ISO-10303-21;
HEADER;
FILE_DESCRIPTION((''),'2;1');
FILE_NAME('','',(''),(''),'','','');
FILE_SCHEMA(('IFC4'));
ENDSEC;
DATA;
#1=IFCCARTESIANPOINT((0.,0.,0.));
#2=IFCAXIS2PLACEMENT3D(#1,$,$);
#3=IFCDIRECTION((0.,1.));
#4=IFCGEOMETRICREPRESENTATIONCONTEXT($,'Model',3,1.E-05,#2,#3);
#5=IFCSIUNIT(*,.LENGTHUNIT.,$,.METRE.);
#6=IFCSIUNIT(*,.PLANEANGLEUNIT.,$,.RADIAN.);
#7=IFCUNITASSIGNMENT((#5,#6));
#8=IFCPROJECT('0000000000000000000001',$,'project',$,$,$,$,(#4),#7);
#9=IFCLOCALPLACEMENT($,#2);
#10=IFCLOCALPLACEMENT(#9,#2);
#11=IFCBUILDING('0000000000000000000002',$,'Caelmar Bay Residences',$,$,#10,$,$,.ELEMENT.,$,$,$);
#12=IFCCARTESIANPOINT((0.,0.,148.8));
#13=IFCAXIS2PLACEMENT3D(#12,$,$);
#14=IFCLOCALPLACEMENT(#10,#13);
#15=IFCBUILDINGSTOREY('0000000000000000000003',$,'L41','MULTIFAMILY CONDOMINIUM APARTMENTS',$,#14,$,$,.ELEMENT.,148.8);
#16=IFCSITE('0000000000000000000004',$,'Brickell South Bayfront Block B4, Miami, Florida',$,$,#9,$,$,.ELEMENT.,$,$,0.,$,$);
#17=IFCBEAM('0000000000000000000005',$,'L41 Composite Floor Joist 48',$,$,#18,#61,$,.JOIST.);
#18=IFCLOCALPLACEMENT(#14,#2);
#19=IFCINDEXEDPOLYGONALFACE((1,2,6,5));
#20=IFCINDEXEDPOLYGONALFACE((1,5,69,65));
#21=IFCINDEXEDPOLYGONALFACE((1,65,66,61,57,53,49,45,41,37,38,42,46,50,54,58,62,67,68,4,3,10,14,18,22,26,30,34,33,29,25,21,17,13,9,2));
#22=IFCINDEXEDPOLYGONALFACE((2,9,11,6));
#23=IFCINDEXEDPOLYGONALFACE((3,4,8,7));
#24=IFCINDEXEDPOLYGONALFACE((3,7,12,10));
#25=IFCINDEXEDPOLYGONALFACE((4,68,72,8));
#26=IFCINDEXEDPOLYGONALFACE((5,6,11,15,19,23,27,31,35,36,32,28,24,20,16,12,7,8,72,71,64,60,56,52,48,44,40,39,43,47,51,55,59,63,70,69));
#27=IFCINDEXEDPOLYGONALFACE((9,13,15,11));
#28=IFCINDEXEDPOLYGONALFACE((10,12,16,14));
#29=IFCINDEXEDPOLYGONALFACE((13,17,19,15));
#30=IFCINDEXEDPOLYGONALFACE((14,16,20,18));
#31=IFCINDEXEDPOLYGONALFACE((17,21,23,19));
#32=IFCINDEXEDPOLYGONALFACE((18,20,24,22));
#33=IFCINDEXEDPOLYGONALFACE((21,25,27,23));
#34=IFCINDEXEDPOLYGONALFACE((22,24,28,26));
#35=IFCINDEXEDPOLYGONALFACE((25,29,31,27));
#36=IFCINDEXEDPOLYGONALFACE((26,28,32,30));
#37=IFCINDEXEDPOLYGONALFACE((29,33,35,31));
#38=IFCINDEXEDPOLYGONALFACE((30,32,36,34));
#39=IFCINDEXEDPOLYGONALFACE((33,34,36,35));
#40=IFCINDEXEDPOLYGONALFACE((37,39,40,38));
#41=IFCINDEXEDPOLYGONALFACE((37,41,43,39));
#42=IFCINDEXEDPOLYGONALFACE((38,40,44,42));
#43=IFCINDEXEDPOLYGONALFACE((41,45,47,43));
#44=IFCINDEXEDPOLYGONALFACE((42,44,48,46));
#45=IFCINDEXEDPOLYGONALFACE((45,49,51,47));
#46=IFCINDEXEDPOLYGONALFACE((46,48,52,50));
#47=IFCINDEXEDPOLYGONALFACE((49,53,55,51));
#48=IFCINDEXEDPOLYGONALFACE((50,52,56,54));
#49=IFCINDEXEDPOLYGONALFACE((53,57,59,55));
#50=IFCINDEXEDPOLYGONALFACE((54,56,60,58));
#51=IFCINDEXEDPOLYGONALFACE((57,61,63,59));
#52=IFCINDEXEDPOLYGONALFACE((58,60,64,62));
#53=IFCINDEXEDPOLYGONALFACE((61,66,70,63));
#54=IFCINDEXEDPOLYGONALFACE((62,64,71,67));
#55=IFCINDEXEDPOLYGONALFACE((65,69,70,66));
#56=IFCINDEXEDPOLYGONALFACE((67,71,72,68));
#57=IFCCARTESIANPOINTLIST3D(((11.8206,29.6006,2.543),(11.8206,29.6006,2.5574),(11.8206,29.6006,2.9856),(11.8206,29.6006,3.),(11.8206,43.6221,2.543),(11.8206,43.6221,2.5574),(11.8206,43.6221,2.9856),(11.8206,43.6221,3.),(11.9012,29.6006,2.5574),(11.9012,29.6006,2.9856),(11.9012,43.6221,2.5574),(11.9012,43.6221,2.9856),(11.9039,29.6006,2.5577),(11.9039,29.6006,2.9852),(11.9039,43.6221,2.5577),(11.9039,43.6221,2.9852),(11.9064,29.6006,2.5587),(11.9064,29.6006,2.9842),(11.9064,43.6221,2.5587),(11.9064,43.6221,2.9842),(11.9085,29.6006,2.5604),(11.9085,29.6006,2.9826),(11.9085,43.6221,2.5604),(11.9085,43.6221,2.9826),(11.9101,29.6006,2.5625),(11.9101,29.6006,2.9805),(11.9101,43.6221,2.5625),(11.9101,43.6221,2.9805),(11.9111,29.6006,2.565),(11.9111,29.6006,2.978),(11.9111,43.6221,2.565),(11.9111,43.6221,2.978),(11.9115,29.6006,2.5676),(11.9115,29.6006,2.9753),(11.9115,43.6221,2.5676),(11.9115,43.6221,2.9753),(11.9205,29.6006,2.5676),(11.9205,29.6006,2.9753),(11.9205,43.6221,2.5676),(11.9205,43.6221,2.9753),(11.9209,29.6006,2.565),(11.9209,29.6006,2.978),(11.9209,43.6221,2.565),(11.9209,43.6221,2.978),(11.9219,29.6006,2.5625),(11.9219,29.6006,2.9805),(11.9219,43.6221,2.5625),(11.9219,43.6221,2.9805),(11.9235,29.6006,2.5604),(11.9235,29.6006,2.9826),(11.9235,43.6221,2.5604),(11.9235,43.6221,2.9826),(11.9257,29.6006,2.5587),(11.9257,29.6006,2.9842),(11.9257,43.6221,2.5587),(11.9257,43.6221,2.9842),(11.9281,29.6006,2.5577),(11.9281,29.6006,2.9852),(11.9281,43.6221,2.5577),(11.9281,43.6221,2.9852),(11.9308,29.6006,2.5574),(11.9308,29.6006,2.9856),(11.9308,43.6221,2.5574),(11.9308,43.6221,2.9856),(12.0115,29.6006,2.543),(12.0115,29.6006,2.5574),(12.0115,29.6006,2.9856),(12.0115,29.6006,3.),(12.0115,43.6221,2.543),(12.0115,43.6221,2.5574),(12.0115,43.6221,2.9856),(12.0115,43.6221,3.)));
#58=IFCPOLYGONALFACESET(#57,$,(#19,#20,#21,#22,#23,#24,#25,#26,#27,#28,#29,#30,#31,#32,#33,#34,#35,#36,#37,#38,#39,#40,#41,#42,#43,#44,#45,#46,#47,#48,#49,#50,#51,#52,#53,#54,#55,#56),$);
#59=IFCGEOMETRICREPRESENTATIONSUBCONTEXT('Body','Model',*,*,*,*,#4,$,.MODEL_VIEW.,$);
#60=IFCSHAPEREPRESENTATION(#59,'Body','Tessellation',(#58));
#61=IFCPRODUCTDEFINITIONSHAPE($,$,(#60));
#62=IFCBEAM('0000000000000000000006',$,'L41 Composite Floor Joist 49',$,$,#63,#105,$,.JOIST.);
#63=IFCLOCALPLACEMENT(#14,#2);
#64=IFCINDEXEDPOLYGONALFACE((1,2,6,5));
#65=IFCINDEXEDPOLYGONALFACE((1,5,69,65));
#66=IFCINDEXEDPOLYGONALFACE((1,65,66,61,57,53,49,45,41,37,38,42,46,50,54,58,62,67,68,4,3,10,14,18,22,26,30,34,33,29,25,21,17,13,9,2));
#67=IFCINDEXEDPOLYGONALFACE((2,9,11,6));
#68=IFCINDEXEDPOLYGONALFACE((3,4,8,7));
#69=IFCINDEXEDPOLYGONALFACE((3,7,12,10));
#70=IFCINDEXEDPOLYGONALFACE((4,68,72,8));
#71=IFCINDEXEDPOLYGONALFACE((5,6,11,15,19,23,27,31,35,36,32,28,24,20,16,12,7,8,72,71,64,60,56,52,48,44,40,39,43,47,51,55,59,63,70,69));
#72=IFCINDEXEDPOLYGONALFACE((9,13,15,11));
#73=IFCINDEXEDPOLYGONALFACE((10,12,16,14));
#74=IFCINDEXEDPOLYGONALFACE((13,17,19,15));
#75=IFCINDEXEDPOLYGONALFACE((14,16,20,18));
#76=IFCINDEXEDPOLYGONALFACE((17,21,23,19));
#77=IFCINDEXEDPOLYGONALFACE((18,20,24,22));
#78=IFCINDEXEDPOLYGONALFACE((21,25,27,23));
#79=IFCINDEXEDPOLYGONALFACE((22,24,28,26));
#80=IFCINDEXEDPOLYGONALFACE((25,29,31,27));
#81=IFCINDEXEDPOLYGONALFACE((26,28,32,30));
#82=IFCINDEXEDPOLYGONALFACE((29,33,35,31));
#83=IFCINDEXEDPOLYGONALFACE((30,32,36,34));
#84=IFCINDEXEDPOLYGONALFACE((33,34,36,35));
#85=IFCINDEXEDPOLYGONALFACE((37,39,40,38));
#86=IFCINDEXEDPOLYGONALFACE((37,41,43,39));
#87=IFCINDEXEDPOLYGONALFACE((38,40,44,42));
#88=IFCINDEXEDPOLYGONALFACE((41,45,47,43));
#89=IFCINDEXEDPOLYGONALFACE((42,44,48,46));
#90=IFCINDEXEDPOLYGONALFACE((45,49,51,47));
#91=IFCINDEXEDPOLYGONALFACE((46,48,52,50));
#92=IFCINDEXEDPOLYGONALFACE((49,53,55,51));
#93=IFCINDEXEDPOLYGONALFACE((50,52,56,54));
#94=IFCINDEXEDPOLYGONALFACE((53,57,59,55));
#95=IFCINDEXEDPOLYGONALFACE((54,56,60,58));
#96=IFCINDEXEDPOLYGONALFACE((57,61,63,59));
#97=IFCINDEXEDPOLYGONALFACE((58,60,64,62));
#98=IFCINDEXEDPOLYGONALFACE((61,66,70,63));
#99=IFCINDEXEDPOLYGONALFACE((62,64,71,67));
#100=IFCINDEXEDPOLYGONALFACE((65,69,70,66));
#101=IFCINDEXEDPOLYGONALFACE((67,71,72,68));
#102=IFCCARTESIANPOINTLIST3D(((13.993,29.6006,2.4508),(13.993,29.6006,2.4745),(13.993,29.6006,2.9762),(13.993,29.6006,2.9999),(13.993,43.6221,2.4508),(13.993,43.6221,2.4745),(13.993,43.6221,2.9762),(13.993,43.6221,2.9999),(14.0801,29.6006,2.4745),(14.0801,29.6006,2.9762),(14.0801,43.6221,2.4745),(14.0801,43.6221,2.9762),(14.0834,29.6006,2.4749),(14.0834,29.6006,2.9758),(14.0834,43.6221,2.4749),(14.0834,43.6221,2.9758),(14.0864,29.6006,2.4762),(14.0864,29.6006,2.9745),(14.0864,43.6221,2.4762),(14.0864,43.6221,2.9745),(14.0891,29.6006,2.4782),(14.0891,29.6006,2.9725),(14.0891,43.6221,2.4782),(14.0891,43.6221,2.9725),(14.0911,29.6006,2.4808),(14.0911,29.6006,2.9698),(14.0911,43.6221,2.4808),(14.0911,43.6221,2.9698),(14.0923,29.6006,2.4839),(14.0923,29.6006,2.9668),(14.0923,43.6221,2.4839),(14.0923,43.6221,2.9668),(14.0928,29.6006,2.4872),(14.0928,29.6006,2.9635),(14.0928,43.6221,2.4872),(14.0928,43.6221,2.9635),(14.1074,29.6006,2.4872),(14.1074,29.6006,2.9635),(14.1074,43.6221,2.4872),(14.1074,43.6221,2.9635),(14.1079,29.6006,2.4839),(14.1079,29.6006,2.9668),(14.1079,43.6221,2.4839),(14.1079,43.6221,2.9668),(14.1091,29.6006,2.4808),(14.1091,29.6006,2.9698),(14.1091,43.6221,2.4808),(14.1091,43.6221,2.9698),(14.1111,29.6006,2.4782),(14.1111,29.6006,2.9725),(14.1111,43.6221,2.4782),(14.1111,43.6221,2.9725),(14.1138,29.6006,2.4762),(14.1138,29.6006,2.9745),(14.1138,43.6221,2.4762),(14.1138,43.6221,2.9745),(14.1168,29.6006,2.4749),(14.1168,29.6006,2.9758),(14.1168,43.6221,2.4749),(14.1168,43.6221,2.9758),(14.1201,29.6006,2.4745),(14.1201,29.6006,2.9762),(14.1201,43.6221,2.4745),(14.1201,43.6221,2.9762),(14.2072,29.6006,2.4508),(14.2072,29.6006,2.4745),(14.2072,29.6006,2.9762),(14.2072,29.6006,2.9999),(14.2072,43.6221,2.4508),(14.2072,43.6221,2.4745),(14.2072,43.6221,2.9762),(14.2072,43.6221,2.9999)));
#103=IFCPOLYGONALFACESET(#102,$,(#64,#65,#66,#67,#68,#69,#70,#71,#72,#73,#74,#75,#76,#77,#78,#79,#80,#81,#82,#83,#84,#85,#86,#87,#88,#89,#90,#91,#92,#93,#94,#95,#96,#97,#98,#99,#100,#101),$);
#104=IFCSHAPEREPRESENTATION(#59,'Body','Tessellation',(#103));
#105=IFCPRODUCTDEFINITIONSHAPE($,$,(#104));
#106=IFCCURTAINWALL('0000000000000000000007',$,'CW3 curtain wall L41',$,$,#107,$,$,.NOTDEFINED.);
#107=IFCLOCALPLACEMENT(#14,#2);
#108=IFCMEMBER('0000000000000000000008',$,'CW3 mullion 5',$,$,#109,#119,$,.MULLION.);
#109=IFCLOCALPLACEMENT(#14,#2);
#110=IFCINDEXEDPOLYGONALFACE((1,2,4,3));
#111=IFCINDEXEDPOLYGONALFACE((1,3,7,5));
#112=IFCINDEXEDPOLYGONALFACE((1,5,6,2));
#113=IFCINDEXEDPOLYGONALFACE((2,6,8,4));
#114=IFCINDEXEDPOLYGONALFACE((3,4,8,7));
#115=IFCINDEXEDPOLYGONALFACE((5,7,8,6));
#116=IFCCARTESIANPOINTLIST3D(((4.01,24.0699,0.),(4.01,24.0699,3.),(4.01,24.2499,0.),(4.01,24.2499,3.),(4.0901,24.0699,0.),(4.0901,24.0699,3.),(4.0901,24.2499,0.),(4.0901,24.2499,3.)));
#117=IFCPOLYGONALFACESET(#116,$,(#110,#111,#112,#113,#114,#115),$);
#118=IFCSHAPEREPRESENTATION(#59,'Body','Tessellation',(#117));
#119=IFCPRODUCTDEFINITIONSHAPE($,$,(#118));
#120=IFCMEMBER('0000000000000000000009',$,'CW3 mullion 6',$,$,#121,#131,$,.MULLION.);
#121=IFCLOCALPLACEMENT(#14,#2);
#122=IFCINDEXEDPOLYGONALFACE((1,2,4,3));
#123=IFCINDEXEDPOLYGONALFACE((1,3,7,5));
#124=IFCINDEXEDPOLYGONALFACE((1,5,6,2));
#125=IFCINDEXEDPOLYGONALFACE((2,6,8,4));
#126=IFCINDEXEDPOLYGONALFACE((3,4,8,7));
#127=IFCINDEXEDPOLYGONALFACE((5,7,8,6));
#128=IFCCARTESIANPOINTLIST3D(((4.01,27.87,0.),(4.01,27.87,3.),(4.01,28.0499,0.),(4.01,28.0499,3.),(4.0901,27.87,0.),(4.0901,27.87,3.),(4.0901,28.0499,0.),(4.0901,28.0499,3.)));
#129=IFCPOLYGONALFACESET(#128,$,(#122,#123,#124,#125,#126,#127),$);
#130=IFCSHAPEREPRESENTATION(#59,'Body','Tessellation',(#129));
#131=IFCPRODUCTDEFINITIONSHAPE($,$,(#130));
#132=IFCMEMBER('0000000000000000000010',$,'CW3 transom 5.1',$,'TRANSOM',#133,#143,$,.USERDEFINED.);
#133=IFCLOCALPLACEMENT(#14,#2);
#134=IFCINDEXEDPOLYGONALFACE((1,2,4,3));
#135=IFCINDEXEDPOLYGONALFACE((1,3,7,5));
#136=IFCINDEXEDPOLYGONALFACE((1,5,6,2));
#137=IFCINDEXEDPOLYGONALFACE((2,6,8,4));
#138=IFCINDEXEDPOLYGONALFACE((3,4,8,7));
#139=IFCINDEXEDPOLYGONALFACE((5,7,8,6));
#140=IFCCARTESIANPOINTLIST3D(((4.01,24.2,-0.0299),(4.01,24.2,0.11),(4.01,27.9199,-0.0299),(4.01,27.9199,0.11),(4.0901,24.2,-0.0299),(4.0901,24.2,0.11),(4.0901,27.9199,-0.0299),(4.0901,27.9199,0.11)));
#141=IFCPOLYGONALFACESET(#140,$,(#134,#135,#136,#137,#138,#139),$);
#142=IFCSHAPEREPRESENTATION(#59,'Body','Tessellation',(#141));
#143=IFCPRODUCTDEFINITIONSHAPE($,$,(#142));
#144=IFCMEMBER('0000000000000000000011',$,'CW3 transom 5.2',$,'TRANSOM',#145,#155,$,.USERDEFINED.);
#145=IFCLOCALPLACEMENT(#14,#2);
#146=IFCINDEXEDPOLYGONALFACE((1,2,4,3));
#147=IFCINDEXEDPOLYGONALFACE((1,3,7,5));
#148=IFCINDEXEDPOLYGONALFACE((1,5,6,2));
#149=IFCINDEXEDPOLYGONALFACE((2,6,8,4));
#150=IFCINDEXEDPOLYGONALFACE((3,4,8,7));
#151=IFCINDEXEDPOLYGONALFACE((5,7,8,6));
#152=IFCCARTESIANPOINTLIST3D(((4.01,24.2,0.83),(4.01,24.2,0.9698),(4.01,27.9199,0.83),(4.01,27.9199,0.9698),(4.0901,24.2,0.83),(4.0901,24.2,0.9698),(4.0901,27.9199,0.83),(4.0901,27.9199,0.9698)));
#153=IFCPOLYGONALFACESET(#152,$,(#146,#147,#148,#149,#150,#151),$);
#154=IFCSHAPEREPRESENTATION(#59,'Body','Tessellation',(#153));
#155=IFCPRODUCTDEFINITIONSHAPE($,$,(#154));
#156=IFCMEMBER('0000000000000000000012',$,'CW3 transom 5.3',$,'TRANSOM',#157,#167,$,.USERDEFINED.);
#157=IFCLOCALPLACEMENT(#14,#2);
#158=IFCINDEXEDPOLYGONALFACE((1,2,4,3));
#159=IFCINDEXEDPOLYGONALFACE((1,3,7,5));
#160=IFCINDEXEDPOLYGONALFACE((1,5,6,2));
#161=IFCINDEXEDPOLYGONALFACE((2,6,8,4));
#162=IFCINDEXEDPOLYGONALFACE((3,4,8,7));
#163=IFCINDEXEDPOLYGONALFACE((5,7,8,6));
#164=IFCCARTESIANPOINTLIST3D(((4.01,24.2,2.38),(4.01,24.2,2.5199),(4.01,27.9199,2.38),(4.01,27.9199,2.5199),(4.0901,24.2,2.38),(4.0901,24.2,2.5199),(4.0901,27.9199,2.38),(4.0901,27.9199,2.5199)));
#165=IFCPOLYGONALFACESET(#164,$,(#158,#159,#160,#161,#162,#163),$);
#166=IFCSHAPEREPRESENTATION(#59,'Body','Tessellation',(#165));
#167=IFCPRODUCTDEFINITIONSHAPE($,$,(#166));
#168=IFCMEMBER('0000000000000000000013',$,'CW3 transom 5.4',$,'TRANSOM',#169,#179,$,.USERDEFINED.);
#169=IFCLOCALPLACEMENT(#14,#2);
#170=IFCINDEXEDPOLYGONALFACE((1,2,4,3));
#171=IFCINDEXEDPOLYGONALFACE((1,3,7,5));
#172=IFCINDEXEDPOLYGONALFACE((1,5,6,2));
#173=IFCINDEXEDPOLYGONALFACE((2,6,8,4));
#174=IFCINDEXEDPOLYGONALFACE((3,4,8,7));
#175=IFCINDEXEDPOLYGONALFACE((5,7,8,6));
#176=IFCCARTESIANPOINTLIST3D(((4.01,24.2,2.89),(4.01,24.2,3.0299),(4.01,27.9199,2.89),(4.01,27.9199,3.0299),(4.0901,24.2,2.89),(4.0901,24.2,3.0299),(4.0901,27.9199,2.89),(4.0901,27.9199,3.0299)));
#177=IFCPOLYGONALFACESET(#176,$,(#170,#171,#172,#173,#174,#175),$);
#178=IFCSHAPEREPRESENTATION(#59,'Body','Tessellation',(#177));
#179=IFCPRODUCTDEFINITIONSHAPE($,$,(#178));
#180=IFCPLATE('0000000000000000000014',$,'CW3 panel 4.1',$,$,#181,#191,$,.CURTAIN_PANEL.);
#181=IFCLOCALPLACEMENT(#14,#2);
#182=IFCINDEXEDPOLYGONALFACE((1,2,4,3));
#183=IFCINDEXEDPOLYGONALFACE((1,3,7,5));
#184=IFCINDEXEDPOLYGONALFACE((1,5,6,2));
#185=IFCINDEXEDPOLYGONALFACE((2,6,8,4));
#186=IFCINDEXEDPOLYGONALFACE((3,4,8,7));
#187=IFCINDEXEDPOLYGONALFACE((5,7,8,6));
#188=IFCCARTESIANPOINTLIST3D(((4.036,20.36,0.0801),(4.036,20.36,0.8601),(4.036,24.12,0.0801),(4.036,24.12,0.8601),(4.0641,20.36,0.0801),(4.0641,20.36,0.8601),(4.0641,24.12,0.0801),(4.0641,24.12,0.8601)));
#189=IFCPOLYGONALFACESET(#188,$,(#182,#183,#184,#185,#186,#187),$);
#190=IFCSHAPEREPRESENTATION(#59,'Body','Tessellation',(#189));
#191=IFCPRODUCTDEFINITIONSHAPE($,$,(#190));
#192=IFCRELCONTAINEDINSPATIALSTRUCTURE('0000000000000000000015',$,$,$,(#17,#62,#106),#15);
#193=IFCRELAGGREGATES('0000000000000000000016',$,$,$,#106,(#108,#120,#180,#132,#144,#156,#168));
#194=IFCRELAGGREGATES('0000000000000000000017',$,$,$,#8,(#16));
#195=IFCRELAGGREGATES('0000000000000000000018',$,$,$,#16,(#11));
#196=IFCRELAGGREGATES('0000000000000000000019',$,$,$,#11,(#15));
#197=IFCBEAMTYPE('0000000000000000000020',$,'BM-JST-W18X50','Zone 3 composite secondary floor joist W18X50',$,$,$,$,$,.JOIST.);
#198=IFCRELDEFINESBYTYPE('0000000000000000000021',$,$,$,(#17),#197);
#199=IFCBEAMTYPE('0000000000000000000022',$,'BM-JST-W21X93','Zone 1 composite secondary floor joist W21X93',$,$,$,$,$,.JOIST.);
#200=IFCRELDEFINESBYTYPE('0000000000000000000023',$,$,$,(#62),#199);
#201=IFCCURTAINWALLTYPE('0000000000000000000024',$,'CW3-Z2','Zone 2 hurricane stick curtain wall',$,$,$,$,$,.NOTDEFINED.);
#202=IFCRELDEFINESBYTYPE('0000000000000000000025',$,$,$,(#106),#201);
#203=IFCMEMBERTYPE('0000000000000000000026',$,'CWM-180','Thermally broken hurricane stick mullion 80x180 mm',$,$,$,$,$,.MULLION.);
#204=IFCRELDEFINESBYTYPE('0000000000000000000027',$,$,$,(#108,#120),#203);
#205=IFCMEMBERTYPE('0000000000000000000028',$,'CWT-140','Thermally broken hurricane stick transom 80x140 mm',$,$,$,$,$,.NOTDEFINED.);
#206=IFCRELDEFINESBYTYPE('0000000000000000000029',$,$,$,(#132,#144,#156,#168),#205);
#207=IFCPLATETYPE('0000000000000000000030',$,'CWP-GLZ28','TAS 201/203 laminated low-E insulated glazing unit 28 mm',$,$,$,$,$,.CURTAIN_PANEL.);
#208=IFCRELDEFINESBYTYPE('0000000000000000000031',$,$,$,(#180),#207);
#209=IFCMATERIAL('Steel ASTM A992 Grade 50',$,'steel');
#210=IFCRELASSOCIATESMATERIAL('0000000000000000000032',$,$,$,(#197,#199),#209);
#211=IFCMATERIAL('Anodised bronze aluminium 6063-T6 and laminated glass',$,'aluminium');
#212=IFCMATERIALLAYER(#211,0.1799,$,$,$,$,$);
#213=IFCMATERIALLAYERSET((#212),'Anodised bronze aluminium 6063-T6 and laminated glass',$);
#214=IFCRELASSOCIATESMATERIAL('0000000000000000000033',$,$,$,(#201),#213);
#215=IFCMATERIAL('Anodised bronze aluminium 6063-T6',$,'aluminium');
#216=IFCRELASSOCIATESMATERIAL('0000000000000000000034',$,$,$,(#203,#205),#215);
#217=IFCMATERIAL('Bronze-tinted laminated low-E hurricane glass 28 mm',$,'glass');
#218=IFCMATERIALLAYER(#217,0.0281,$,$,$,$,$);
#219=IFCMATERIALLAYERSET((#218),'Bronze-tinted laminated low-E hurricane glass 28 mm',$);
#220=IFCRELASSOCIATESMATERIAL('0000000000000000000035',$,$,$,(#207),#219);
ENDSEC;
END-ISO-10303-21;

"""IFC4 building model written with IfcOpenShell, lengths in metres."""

from ifc_helpers import new_model, si_unit, direction, frame, origin, origin_2d, place, context, subcontext, project, spatial, rectangle, i_section, extrude, material, layer, layer_set, material_profile, profile_set, type_object, element, aggregate, save


model = new_model("IFC4")

# Units and contexts
model_context = context("Model", 3, precision=1e-05, world=origin(), true_north=direction((0.0, 1.0)))
body_context = subcontext(model_context, "Body", "Model", "MODEL_VIEW")
ifc_project = project(units=[si_unit("LENGTHUNIT", "METRE"), si_unit("PLANEANGLEUNIT", "RADIAN")], contexts=[model_context])

# Site, building, storey
site_placement = place(None, origin())
site = spatial("IfcSite", under=ifc_project, at=site_placement, Name="Brickell South Bayfront Block B4, Miami, Florida", CompositionType="ELEMENT", RefElevation=0.0)
building_placement = place(site_placement, origin())
building = spatial("IfcBuilding", under=site, at=building_placement, Name="Caelmar Bay Residences", CompositionType="ELEMENT")
storey_placement = place(building_placement, frame((0.0, 0.0, 148.8)))
storey = spatial("IfcBuildingStorey", under=building, at=storey_placement, Name="L41", Description="MULTIFAMILY CONDOMINIUM APARTMENTS", CompositionType="ELEMENT", Elevation=148.8)

# Beams
ifc_material_1 = material(Name="Steel ASTM A992 Grade 50", Category="steel")
ifc_material_profile_1 = material_profile(ifc_material_1, i_section(OverallWidth=0.1909, OverallDepth=0.457, WebThickness=0.009, FlangeThickness=0.0144, FilletRadius=0.0103, at=origin_2d()), Name="W18X50")
ifc_profile_set_1 = profile_set([ifc_material_profile_1], Name="Steel ASTM A992 Grade 50")
beam_type_1 = type_object("IfcBeamType", Name="BM-JST-W18X50", Description="Zone 3 composite secondary floor joist W18X50", PredefinedType="JOIST", material=ifc_profile_set_1)
beam_1_placement = place(storey_placement, frame((11.916, 29.6006, 2.7715), z_axis=(0.0, 1.0, 0.0), x_axis=(-1.0, 0.0, 0.0)))
element("IfcBeam", 1, at=beam_1_placement, inside=storey, type_object=beam_type_1, Name="L41 Composite Floor Joist 48", PredefinedType="JOIST", context=body_context, shape_type="SweptSolid", body=[
    extrude(i_section(OverallWidth=0.1909, OverallDepth=0.457, WebThickness=0.009, FlangeThickness=0.0144, FilletRadius=0.0103, at=origin_2d()), origin(), (0.0, 0.0, 1.0), 14.0215),
])
ifc_material_profile_2 = material_profile(ifc_material_1, i_section(OverallWidth=0.2141, OverallDepth=0.5491, WebThickness=0.0146, FlangeThickness=0.0237, FilletRadius=0.0127, at=origin_2d()), Name="W21X93")
ifc_profile_set_2 = profile_set([ifc_material_profile_2], Name="Steel ASTM A992 Grade 50")
beam_type_2 = type_object("IfcBeamType", Name="BM-JST-W21X93", Description="Zone 1 composite secondary floor joist W21X93", PredefinedType="JOIST", material=ifc_profile_set_2)
beam_2_placement = place(storey_placement, frame((14.1001, 29.6006, 2.7253), z_axis=(0.0, 1.0, 0.0), x_axis=(-1.0, 0.0, 0.0)))
element("IfcBeam", 2, at=beam_2_placement, inside=storey, type_object=beam_type_2, Name="L41 Composite Floor Joist 49", PredefinedType="JOIST", context=body_context, shape_type="SweptSolid", body=[
    extrude(i_section(OverallWidth=0.2141, OverallDepth=0.5491, WebThickness=0.0146, FlangeThickness=0.0237, FilletRadius=0.0127, at=origin_2d()), origin(), (0.0, 0.0, 1.0), 14.0215),
])

# Curtain wall, members, plate
ifc_material_2 = material(Name="Anodised bronze aluminium 6063-T6 and laminated glass", Category="aluminium")
ifc_layer_1 = layer(ifc_material_2, 0.1799)
ifc_layer_set_1 = layer_set([ifc_layer_1], Name="Anodised bronze aluminium 6063-T6 and laminated glass")
curtain_wall_type = type_object("IfcCurtainWallType", Name="CW3-Z2", Description="Zone 2 hurricane stick curtain wall", PredefinedType="NOTDEFINED", material=ifc_layer_set_1)
curtain_wall_placement = place(storey_placement, origin())
curtain_wall = element("IfcCurtainWall", 3, at=curtain_wall_placement, inside=storey, type_object=curtain_wall_type, Name="CW3 curtain wall L41", PredefinedType="NOTDEFINED")
ifc_material_3 = material(Name="Anodised bronze aluminium 6063-T6", Category="aluminium")
ifc_material_profile_3 = material_profile(ifc_material_3, rectangle(XDim=0.0801, YDim=0.1799, at=origin_2d()), Name="CWM-80X180")
ifc_profile_set_3 = profile_set([ifc_material_profile_3], Name="Anodised bronze aluminium 6063-T6")
member_type_1 = type_object("IfcMemberType", Name="CWM-180", Description="Thermally broken hurricane stick mullion 80x180 mm", PredefinedType="MULLION", material=ifc_profile_set_3)
member_1_placement = place(storey_placement, frame((4.05, 24.1599, 0.0), z_axis=(0.0, 0.0, 1.0), x_axis=(-1.0, 0.0, 0.0)))
member_1 = element("IfcMember", 4, at=member_1_placement, type_object=member_type_1, Name="CW3 mullion 5", PredefinedType="MULLION", context=body_context, shape_type="SweptSolid", body=[
    extrude(rectangle(XDim=0.0801, YDim=0.1799, at=origin_2d()), origin(), (0.0, 0.0, 1.0), 3.0),
])
member_2_placement = place(storey_placement, frame((4.05, 27.96, 0.0), z_axis=(0.0, 0.0, 1.0), x_axis=(-1.0, 0.0, 0.0)))
member_2 = element("IfcMember", 5, at=member_2_placement, type_object=member_type_1, Name="CW3 mullion 6", PredefinedType="MULLION", context=body_context, shape_type="SweptSolid", body=[
    extrude(rectangle(XDim=0.0801, YDim=0.1799, at=origin_2d()), origin(), (0.0, 0.0, 1.0), 3.0),
])
ifc_material_profile_4 = material_profile(ifc_material_3, rectangle(XDim=0.0801, YDim=0.1399, at=origin_2d()), Name="CWT-80X140")
ifc_profile_set_4 = profile_set([ifc_material_profile_4], Name="Anodised bronze aluminium 6063-T6")
member_type_2 = type_object("IfcMemberType", Name="CWT-140", Description="Thermally broken hurricane stick transom 80x140 mm", PredefinedType="NOTDEFINED", material=ifc_profile_set_4)
member_3_placement = place(storey_placement, frame((4.05, 24.2, 0.04), z_axis=(0.0, 1.0, 0.0), x_axis=(-1.0, 0.0, 0.0)))
member_3 = element("IfcMember", 6, at=member_3_placement, type_object=member_type_2, Name="CW3 transom 5.1", ObjectType="TRANSOM", PredefinedType="USERDEFINED", context=body_context, shape_type="SweptSolid", body=[
    extrude(rectangle(XDim=0.0801, YDim=0.1399, at=origin_2d()), origin(), (0.0, 0.0, 1.0), 3.72),
])
member_4_placement = place(storey_placement, frame((4.05, 24.2, 0.8999), z_axis=(0.0, 1.0, 0.0), x_axis=(-1.0, 0.0, 0.0)))
member_4 = element("IfcMember", 7, at=member_4_placement, type_object=member_type_2, Name="CW3 transom 5.2", ObjectType="TRANSOM", PredefinedType="USERDEFINED", context=body_context, shape_type="SweptSolid", body=[
    extrude(rectangle(XDim=0.0801, YDim=0.1399, at=origin_2d()), origin(), (0.0, 0.0, 1.0), 3.72),
])
member_5_placement = place(storey_placement, frame((4.05, 24.2, 2.45), z_axis=(0.0, 1.0, 0.0), x_axis=(-1.0, 0.0, 0.0)))
member_5 = element("IfcMember", 8, at=member_5_placement, type_object=member_type_2, Name="CW3 transom 5.3", ObjectType="TRANSOM", PredefinedType="USERDEFINED", context=body_context, shape_type="SweptSolid", body=[
    extrude(rectangle(XDim=0.0801, YDim=0.1399, at=origin_2d()), origin(), (0.0, 0.0, 1.0), 3.72),
])
member_6_placement = place(storey_placement, frame((4.05, 24.2, 2.96), z_axis=(0.0, 1.0, 0.0), x_axis=(-1.0, 0.0, 0.0)))
member_6 = element("IfcMember", 9, at=member_6_placement, type_object=member_type_2, Name="CW3 transom 5.4", ObjectType="TRANSOM", PredefinedType="USERDEFINED", context=body_context, shape_type="SweptSolid", body=[
    extrude(rectangle(XDim=0.0801, YDim=0.1399, at=origin_2d()), origin(), (0.0, 0.0, 1.0), 3.72),
])
ifc_material_4 = material(Name="Bronze-tinted laminated low-E hurricane glass 28 mm", Category="glass")
ifc_layer_2 = layer(ifc_material_4, 0.0281)
ifc_layer_set_2 = layer_set([ifc_layer_2], Name="Bronze-tinted laminated low-E hurricane glass 28 mm")
plate_type = type_object("IfcPlateType", Name="CWP-GLZ28", Description="TAS 201/203 laminated low-E insulated glazing unit 28 mm", PredefinedType="CURTAIN_PANEL", material=ifc_layer_set_2)
plate_1_placement = place(storey_placement, frame((4.05, 22.24, 0.0801), z_axis=(0.0, 0.0, 1.0), x_axis=(0.0, 1.0, 0.0)))
plate_1 = element("IfcPlate", 10, at=plate_1_placement, type_object=plate_type, Name="CW3 panel 4.1", PredefinedType="CURTAIN_PANEL", context=body_context, shape_type="SweptSolid", body=[
    extrude(rectangle(XDim=3.76, YDim=0.0281, at=origin_2d()), origin(), (0.0, 0.0, 1.0), 0.78),
])
aggregate(curtain_wall, [member_1, member_2, plate_1, member_3, member_4, member_5, member_6])

save(model, "model.ifc")
